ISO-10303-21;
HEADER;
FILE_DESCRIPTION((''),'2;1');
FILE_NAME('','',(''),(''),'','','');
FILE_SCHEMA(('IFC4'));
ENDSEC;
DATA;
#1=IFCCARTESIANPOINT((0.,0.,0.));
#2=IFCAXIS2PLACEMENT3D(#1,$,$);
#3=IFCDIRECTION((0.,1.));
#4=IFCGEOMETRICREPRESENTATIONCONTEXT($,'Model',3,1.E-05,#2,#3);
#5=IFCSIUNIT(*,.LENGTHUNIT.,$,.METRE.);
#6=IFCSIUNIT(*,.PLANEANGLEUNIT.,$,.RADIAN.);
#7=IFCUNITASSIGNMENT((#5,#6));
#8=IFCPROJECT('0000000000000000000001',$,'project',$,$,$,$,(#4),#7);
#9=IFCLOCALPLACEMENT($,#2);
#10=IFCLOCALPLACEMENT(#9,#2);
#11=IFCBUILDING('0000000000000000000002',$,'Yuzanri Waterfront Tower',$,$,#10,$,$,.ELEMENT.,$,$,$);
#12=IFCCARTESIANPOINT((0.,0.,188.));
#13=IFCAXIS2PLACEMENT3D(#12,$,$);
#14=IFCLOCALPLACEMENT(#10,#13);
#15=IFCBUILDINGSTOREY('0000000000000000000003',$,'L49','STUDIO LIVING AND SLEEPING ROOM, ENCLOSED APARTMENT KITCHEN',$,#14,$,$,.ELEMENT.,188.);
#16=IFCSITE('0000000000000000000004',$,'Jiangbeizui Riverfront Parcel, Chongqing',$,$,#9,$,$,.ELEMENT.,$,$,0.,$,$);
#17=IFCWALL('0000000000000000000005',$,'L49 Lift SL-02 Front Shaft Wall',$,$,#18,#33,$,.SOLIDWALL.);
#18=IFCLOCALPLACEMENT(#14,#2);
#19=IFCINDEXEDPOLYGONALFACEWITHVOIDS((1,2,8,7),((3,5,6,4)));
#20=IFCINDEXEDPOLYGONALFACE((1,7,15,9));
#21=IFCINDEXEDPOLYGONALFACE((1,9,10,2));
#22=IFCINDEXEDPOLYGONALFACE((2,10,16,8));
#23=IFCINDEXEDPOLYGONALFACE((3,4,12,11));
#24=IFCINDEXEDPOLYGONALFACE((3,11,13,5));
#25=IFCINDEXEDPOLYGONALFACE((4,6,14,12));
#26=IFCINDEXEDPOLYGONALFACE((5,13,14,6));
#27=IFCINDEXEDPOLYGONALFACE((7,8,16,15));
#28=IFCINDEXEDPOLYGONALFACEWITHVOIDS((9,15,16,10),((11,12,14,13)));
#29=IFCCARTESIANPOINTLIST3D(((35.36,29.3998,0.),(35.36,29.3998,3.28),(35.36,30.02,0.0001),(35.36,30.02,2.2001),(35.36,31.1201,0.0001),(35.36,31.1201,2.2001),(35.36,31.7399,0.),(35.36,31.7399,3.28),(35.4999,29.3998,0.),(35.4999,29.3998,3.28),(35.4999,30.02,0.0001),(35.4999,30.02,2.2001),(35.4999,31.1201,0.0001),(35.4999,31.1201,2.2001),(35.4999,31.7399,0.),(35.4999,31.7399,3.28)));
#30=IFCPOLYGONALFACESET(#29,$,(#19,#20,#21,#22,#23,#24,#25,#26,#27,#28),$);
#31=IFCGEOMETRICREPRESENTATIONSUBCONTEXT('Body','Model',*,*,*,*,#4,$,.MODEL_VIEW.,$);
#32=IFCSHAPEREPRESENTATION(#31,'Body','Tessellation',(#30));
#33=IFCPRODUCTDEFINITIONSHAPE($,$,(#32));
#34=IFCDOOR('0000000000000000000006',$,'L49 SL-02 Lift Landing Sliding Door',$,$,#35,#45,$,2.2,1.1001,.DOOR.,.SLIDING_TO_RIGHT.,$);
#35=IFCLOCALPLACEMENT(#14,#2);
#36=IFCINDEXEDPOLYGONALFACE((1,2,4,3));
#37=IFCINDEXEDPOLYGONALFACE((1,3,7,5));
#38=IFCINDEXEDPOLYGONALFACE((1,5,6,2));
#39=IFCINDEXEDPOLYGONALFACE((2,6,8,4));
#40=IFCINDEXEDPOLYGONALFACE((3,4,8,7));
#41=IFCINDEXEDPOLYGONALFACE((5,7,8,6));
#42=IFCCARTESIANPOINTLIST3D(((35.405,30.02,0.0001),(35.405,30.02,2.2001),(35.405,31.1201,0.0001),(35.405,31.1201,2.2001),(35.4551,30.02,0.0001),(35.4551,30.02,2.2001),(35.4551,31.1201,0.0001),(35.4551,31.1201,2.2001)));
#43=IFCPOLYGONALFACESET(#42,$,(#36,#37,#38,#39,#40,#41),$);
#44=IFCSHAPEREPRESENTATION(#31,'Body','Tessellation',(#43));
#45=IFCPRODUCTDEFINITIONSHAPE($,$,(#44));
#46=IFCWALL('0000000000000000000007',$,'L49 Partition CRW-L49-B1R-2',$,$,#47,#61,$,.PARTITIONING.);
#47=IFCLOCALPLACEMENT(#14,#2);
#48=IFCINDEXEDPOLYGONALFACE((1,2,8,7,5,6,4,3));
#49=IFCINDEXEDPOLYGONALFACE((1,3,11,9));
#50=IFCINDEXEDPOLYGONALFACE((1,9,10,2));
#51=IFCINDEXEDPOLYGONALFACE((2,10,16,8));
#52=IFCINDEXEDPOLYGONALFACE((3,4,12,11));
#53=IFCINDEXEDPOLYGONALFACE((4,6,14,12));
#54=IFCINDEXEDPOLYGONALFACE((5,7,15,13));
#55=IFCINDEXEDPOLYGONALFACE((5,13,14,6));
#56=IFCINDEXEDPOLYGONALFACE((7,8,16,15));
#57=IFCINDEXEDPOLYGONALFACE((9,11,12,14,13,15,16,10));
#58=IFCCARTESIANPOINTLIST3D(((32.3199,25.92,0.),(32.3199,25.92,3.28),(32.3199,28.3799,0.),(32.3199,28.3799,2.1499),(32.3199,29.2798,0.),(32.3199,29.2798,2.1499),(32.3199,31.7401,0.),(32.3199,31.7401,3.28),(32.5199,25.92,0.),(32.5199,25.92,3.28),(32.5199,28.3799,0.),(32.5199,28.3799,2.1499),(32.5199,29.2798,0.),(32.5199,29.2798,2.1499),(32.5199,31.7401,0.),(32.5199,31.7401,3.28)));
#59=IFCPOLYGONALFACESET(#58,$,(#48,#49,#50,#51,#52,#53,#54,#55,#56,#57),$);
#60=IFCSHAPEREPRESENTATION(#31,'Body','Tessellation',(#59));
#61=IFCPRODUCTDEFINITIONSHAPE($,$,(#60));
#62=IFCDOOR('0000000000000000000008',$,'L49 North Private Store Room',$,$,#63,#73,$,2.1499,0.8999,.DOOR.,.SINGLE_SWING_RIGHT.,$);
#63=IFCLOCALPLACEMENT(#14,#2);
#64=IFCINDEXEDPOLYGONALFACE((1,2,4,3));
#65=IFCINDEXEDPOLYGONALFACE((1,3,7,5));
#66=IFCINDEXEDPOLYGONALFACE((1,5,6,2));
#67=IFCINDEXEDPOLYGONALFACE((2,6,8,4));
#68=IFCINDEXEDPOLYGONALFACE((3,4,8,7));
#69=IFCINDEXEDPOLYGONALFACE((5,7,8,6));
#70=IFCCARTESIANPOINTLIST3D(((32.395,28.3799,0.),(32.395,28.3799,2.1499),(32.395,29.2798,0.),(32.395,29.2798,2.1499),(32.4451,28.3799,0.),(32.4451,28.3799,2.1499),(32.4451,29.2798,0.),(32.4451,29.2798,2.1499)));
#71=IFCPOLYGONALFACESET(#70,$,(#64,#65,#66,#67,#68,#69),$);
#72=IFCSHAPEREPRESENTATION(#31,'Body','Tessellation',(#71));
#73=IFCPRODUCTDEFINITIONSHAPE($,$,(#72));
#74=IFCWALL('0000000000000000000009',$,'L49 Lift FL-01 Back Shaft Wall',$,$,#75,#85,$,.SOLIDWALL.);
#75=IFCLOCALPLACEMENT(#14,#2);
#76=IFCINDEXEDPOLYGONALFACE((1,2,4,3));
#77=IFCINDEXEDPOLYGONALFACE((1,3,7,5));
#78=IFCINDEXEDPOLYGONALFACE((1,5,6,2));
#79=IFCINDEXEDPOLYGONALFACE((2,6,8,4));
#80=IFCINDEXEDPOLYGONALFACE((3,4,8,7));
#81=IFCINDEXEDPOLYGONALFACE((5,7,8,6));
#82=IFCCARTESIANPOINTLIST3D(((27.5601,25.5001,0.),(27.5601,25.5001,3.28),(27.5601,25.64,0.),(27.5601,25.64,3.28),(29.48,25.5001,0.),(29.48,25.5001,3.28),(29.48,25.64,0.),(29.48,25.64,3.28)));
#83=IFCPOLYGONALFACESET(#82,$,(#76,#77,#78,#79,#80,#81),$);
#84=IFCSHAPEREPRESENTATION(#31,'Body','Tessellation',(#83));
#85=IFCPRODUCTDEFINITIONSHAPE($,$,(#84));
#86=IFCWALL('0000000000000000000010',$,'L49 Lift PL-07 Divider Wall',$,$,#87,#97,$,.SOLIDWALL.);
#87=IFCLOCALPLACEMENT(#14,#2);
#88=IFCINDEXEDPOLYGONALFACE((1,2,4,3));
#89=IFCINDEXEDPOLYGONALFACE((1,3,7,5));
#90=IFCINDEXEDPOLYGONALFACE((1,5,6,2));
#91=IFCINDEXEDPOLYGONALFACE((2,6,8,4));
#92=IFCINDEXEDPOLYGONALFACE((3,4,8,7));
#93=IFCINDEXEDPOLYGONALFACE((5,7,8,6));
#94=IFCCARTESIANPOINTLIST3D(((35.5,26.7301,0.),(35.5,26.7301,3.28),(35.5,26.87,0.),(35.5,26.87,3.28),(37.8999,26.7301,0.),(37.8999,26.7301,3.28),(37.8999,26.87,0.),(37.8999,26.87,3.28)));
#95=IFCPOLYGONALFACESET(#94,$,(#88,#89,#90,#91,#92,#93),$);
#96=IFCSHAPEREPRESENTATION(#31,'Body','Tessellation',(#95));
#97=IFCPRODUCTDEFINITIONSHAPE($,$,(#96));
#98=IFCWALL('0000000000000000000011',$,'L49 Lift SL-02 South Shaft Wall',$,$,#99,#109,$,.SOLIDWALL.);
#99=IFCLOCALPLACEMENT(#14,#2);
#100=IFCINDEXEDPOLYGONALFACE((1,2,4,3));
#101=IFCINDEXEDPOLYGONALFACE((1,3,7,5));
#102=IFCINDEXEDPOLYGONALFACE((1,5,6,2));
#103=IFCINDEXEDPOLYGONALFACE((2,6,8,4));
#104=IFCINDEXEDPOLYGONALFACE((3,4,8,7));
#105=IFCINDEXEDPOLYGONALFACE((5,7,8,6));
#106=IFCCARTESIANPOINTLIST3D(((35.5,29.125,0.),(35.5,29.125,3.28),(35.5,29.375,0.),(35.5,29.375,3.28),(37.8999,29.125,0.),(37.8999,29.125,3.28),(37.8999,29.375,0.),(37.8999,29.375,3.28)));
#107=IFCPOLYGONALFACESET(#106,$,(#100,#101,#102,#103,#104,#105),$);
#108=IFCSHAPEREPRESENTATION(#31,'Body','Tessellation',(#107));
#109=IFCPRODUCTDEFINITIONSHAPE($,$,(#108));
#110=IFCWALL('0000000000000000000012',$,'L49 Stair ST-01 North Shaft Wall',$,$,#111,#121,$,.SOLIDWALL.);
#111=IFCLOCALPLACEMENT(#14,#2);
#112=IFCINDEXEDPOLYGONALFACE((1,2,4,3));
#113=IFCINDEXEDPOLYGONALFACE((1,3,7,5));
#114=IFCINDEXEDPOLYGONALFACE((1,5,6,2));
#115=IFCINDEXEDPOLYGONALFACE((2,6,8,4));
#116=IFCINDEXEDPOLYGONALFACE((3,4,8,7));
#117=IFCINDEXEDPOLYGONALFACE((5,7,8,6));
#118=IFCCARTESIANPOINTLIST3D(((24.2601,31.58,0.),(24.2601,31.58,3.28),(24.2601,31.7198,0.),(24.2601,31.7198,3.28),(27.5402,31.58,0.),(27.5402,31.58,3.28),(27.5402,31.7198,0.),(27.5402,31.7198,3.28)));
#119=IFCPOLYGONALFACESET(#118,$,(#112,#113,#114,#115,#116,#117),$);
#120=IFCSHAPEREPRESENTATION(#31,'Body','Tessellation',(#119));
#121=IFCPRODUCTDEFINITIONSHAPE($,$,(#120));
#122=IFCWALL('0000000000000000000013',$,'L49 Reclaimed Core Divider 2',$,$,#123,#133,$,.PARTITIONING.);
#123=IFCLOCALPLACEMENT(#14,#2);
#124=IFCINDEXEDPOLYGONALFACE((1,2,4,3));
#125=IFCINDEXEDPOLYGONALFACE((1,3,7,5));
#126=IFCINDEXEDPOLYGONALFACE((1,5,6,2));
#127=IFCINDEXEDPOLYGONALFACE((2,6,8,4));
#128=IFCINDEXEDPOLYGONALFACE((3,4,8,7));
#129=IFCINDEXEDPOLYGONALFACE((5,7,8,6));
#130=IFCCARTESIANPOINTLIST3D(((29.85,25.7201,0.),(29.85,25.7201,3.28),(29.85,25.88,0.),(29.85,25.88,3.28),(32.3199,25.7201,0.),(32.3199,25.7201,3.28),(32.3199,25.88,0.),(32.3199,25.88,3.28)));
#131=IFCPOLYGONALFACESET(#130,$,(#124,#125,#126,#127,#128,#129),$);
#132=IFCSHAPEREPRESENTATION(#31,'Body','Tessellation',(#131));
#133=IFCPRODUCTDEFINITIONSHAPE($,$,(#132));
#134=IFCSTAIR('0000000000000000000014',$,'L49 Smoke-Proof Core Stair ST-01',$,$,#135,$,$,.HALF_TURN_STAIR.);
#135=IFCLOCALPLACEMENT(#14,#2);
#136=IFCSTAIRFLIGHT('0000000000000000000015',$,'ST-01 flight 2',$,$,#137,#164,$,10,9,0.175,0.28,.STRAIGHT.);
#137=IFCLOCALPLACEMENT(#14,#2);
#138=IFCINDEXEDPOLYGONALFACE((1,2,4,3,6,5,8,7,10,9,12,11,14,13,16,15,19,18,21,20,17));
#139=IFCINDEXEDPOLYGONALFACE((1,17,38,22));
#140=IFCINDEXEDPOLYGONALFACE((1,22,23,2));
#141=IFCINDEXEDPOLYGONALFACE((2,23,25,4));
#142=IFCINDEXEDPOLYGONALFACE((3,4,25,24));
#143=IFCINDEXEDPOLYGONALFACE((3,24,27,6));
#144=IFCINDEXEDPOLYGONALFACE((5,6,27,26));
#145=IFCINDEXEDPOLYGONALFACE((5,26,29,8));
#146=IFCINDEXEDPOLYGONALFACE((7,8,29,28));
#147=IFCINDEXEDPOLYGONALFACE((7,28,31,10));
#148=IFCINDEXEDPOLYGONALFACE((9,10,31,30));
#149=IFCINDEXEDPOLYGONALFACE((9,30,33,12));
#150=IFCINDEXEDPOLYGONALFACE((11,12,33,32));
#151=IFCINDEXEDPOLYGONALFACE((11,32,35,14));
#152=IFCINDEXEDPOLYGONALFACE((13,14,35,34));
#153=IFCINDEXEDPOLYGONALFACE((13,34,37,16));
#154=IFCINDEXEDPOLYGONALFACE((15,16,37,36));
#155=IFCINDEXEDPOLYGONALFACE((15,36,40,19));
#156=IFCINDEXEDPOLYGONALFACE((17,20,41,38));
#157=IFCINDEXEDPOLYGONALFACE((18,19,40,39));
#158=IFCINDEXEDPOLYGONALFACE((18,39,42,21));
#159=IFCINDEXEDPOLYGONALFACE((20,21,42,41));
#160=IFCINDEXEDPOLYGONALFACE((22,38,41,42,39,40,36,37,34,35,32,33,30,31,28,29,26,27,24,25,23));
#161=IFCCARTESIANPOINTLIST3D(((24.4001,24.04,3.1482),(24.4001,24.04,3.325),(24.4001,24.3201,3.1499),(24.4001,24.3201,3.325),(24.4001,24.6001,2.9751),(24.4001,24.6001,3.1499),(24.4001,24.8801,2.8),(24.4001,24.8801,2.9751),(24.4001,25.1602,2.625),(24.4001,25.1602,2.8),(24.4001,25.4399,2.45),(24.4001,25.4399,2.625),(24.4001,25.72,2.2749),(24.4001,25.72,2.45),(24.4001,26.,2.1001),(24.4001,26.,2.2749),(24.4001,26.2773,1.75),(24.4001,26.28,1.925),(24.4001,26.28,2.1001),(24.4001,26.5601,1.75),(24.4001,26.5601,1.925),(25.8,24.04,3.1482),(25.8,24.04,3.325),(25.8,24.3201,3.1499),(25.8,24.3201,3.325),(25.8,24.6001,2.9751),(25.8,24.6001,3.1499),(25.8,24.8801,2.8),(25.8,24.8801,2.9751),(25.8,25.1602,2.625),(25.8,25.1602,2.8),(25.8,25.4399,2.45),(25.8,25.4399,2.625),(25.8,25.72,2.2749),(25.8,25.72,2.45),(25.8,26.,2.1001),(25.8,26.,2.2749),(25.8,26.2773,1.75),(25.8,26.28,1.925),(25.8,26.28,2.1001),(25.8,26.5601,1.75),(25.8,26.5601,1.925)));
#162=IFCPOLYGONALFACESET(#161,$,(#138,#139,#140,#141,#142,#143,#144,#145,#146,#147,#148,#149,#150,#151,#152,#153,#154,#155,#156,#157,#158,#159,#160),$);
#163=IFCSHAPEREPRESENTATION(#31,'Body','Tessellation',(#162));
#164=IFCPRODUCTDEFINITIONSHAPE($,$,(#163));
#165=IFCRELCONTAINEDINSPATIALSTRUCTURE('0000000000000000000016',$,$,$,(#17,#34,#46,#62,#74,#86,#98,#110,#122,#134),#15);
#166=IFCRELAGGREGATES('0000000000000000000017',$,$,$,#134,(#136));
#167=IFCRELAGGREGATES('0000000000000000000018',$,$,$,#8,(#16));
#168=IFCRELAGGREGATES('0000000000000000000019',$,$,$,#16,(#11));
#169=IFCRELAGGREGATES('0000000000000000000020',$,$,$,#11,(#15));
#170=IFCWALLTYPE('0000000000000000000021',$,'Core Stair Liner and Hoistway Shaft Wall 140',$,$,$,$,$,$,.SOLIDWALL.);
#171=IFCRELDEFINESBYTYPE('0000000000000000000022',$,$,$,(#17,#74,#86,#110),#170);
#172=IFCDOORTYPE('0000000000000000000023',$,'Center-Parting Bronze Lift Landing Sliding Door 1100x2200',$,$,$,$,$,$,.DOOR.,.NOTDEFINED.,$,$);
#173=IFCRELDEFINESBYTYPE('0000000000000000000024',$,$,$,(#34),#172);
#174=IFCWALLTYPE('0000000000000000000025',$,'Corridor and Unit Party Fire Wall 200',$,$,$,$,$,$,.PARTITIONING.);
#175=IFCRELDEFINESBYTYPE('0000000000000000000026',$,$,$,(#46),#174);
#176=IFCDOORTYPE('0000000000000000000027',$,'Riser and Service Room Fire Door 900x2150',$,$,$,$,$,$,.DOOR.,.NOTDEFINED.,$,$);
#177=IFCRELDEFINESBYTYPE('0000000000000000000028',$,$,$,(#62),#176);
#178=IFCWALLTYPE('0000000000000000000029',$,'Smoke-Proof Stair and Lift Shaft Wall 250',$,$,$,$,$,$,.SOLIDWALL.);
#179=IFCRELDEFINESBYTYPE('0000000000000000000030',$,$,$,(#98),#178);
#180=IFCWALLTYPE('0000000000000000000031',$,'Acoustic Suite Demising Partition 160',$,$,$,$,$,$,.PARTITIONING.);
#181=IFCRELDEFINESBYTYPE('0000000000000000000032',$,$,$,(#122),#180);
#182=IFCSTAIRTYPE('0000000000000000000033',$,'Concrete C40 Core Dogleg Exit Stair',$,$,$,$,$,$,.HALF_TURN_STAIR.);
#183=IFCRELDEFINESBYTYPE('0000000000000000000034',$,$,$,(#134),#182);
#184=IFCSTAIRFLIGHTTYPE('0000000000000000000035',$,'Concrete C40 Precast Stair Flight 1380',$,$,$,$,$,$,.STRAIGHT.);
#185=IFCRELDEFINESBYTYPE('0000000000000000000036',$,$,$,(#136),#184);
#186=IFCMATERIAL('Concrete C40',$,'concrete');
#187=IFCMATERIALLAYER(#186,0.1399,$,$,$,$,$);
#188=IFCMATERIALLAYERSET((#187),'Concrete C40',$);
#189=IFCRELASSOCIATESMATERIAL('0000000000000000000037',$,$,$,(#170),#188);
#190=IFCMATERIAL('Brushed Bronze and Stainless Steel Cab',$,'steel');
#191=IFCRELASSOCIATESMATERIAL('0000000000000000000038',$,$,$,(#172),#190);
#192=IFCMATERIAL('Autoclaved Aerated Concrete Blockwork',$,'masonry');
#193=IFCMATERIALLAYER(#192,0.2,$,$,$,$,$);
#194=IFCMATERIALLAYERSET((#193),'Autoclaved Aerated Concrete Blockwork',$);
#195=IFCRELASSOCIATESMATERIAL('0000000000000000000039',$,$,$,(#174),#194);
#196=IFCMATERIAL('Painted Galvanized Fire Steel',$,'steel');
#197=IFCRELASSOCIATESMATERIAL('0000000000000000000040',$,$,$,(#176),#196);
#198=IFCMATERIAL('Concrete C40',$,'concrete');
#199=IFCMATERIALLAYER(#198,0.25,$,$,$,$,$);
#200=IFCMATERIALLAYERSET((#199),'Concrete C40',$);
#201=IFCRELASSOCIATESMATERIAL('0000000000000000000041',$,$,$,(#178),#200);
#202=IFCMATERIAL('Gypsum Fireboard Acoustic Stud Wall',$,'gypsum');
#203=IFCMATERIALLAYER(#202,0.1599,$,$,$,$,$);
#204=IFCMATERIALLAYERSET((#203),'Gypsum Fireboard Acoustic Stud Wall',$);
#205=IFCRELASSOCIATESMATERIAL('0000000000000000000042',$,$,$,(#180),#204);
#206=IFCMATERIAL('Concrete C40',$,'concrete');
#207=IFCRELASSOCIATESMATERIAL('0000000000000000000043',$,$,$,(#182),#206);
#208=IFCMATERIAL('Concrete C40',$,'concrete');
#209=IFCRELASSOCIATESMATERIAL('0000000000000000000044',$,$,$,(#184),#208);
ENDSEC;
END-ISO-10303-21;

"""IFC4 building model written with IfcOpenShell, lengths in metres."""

from ifc_helpers import new_model, si_unit, direction, frame, frame_2d, origin, place, context, subcontext, project, spatial, polyline, rectangle, outline, extrude, source, transform, mapped, material, layer, layer_set, type_object, element, fill, aggregate, save


model = new_model("IFC4")

# Units and contexts
model_context = context("Model", 3, precision=1e-05, world=origin(), true_north=direction((0.0, 1.0)))
body_context = subcontext(model_context, "Body", "Model", "MODEL_VIEW")
ifc_project = project(units=[si_unit("LENGTHUNIT", "METRE"), si_unit("PLANEANGLEUNIT", "RADIAN")], contexts=[model_context])

# Site, building, storey
site_placement = place(None, origin())
site = spatial("IfcSite", under=ifc_project, at=site_placement, Name="Jiangbeizui Riverfront Parcel, Chongqing", CompositionType="ELEMENT", RefElevation=0.0)
building_placement = place(site_placement, origin())
building = spatial("IfcBuilding", under=site, at=building_placement, Name="Yuzanri Waterfront Tower", CompositionType="ELEMENT")
storey_placement = place(building_placement, frame((0.0, 0.0, 188.0)))
storey = spatial("IfcBuildingStorey", under=building, at=storey_placement, Name="L49", Description="STUDIO LIVING AND SLEEPING ROOM, ENCLOSED APARTMENT KITCHEN", CompositionType="ELEMENT", Elevation=188.0)

# Walls, openings, doors
ifc_material_1 = material(Name="Concrete C40", Category="concrete")
ifc_layer_1 = layer(ifc_material_1, 0.1399)
ifc_layer_set_1 = layer_set([ifc_layer_1], Name="Concrete C40")
wall_type_1 = type_object("IfcWallType", Name="Core Stair Liner and Hoistway Shaft Wall 140", PredefinedType="SOLIDWALL", material=ifc_layer_set_1)
ifc_material_2 = material(Name="Brushed Bronze and Stainless Steel Cab", Category="steel")
door_type_1 = type_object("IfcDoorType", Name="Center-Parting Bronze Lift Landing Sliding Door 1100x2200", OperationType="NOTDEFINED", PredefinedType="DOOR", material=ifc_material_2)
shared_shape_1 = source(origin(), body_context, "Body", "SweptSolid", [
    extrude(rectangle(XDim=1.1001, YDim=2.2, at=frame_2d((0.55, 1.1001))), frame((0.0, 0.0249, 0.0), z_axis=(0.0, -1.0, 0.0), x_axis=(1.0, 0.0, 0.0)), (0.0, 0.0, 1.0), 0.05),
])
wall_1_placement = place(storey_placement, frame((35.4299, 29.3999, 0.0), z_axis=(0.0, 0.0, 1.0), x_axis=(0.0, 1.0, 0.0)))
wall_1 = element("IfcWall", 1, at=wall_1_placement, inside=storey, type_object=wall_type_1, Name="L49 Lift SL-02 Front Shaft Wall", PredefinedType="SOLIDWALL", context=body_context, shape_type="SweptSolid", body=[
    extrude(rectangle(XDim=2.3401, YDim=0.1399, at=frame_2d((1.1699, 0.0))), origin(), (0.0, 0.0, 1.0), 3.28),
])
opening_1_placement = place(wall_1_placement, frame((0.6201, 0.0, 0.0)))
opening_1 = element("IfcOpeningElement", 2, at=opening_1_placement, cuts=wall_1, PredefinedType="OPENING", context=body_context, shape_type="SweptSolid", body=[
    extrude(rectangle(XDim=1.1001, YDim=2.2, at=frame_2d((0.55, 1.1001))), frame((0.0, 0.085, 0.0), z_axis=(0.0, -1.0, 0.0), x_axis=(1.0, 0.0, 0.0)), (0.0, 0.0, 1.0), 0.1697),
])
door_1_placement = place(opening_1_placement, origin())
door_1 = element("IfcDoor", 3, at=door_1_placement, inside=storey, type_object=door_type_1, Name="L49 SL-02 Lift Landing Sliding Door", OperationType="SLIDING_TO_RIGHT", OverallHeight=2.2, OverallWidth=1.1001, PredefinedType="DOOR", context=body_context, shape_type="MappedRepresentation", body=[
    mapped(shared_shape_1, transform((0.0, 0.0, 0.0), scale=1.0)),
])
fill(opening_1, door_1)
ifc_material_3 = material(Name="Autoclaved Aerated Concrete Blockwork", Category="masonry")
ifc_layer_2 = layer(ifc_material_3, 0.2)
ifc_layer_set_2 = layer_set([ifc_layer_2], Name="Autoclaved Aerated Concrete Blockwork")
wall_type_2 = type_object("IfcWallType", Name="Corridor and Unit Party Fire Wall 200", PredefinedType="PARTITIONING", material=ifc_layer_set_2)
ifc_material_4 = material(Name="Painted Galvanized Fire Steel", Category="steel")
door_type_2 = type_object("IfcDoorType", Name="Riser and Service Room Fire Door 900x2150", OperationType="NOTDEFINED", PredefinedType="DOOR", material=ifc_material_4)
shared_shape_2 = source(origin(), body_context, "Body", "SweptSolid", [
    extrude(rectangle(XDim=0.8999, YDim=2.1499, at=frame_2d((0.45, 1.075))), frame((0.0, 0.0249, 0.0), z_axis=(0.0, -1.0, 0.0), x_axis=(1.0, 0.0, 0.0)), (0.0, 0.0, 1.0), 0.05),
])
wall_2_placement = place(storey_placement, frame((32.4199, 25.9199, 0.0), z_axis=(0.0, 0.0, 1.0), x_axis=(0.0, 1.0, 0.0)))
wall_2 = element("IfcWall", 4, at=wall_2_placement, inside=storey, type_object=wall_type_2, Name="L49 Partition CRW-L49-B1R-2", PredefinedType="PARTITIONING", context=body_context, shape_type="SweptSolid", body=[
    extrude(rectangle(XDim=5.8201, YDim=0.2, at=frame_2d((2.9102, 0.0))), origin(), (0.0, 0.0, 1.0), 3.28),
])
opening_2_placement = place(wall_2_placement, frame((2.46, 0.0, 0.0)))
opening_2 = element("IfcOpeningElement", 5, at=opening_2_placement, cuts=wall_2, PredefinedType="OPENING", context=body_context, shape_type="SweptSolid", body=[
    extrude(rectangle(XDim=0.8999, YDim=2.1499, at=frame_2d((0.45, 1.075))), frame((0.0, 0.1147, 0.0), z_axis=(0.0, -1.0, 0.0), x_axis=(1.0, 0.0, 0.0)), (0.0, 0.0, 1.0), 0.2297),
])
door_2_placement = place(opening_2_placement, origin())
door_2 = element("IfcDoor", 6, at=door_2_placement, inside=storey, type_object=door_type_2, Name="L49 North Private Store Room", OperationType="SINGLE_SWING_RIGHT", OverallHeight=2.1499, OverallWidth=0.8999, PredefinedType="DOOR", context=body_context, shape_type="MappedRepresentation", body=[
    mapped(shared_shape_2, transform((0.0, 0.0, 0.0), scale=1.0)),
])
fill(opening_2, door_2)

# Walls
shared_shape_3 = source(origin(), body_context, "Body", "SweptSolid", [
    extrude(rectangle(XDim=1.9199, YDim=0.1399, at=frame_2d((0.96, 0.0))), origin(), (0.0, 0.0, 1.0), 3.28),
])
wall_3_placement = place(storey_placement, frame((27.5601, 25.5701, 0.0), z_axis=(0.0, 0.0, 1.0), x_axis=(1.0, 0.0, 0.0)))
element("IfcWall", 7, at=wall_3_placement, inside=storey, type_object=wall_type_1, Name="L49 Lift FL-01 Back Shaft Wall", PredefinedType="SOLIDWALL", context=body_context, shape_type="MappedRepresentation", body=[
    mapped(shared_shape_3, transform((0.0, 0.0, 0.0), scale=1.0)),
])
shared_shape_4 = source(origin(), body_context, "Body", "SweptSolid", [
    extrude(rectangle(XDim=2.3999, YDim=0.1399, at=frame_2d((1.2, 0.0))), origin(), (0.0, 0.0, 1.0), 3.28),
])
wall_4_placement = place(storey_placement, frame((35.5, 26.8, 0.0), z_axis=(0.0, 0.0, 1.0), x_axis=(1.0, 0.0, 0.0)))
element("IfcWall", 8, at=wall_4_placement, inside=storey, type_object=wall_type_1, Name="L49 Lift PL-07 Divider Wall", PredefinedType="SOLIDWALL", context=body_context, shape_type="MappedRepresentation", body=[
    mapped(shared_shape_4, transform((0.0, 0.0, 0.0), scale=1.0)),
])
ifc_material_5 = material(Name="Concrete C40", Category="concrete")
ifc_layer_3 = layer(ifc_material_5, 0.25)
ifc_layer_set_3 = layer_set([ifc_layer_3], Name="Concrete C40")
wall_type_3 = type_object("IfcWallType", Name="Smoke-Proof Stair and Lift Shaft Wall 250", PredefinedType="SOLIDWALL", material=ifc_layer_set_3)
shared_shape_5 = source(origin(), body_context, "Body", "SweptSolid", [
    extrude(rectangle(XDim=2.3999, YDim=0.25, at=frame_2d((1.2, 0.0))), origin(), (0.0, 0.0, 1.0), 3.28),
])
wall_5_placement = place(storey_placement, frame((35.5, 29.25, 0.0), z_axis=(0.0, 0.0, 1.0), x_axis=(1.0, 0.0, 0.0)))
element("IfcWall", 9, at=wall_5_placement, inside=storey, type_object=wall_type_3, Name="L49 Lift SL-02 South Shaft Wall", PredefinedType="SOLIDWALL", context=body_context, shape_type="MappedRepresentation", body=[
    mapped(shared_shape_5, transform((0.0, 0.0, 0.0), scale=1.0)),
])
shared_shape_6 = source(origin(), body_context, "Body", "SweptSolid", [
    extrude(rectangle(XDim=3.28, YDim=0.1399, at=frame_2d((1.6401, 0.0))), origin(), (0.0, 0.0, 1.0), 3.28),
])
wall_6_placement = place(storey_placement, frame((24.26, 31.6499, 0.0), z_axis=(0.0, 0.0, 1.0), x_axis=(1.0, 0.0, 0.0)))
element("IfcWall", 10, at=wall_6_placement, inside=storey, type_object=wall_type_1, Name="L49 Stair ST-01 North Shaft Wall", PredefinedType="SOLIDWALL", context=body_context, shape_type="MappedRepresentation", body=[
    mapped(shared_shape_6, transform((0.0, 0.0, 0.0), scale=1.0)),
])
ifc_material_6 = material(Name="Gypsum Fireboard Acoustic Stud Wall", Category="gypsum")
ifc_layer_4 = layer(ifc_material_6, 0.1599)
ifc_layer_set_4 = layer_set([ifc_layer_4], Name="Gypsum Fireboard Acoustic Stud Wall")
wall_type_4 = type_object("IfcWallType", Name="Acoustic Suite Demising Partition 160", PredefinedType="PARTITIONING", material=ifc_layer_set_4)
shared_shape_7 = source(origin(), body_context, "Body", "SweptSolid", [
    extrude(rectangle(XDim=2.47, YDim=0.1599, at=frame_2d((1.2349, 0.0))), origin(), (0.0, 0.0, 1.0), 3.28),
])
wall_7_placement = place(storey_placement, frame((29.8501, 25.8, 0.0), z_axis=(0.0, 0.0, 1.0), x_axis=(1.0, 0.0, 0.0)))
element("IfcWall", 11, at=wall_7_placement, inside=storey, type_object=wall_type_4, Name="L49 Reclaimed Core Divider 2", PredefinedType="PARTITIONING", context=body_context, shape_type="MappedRepresentation", body=[
    mapped(shared_shape_7, transform((0.0, 0.0, 0.0), scale=1.0)),
])

# Stair, stair flight
ifc_material_7 = material(Name="Concrete C40", Category="concrete")
stair_type = type_object("IfcStairType", Name="Concrete C40 Core Dogleg Exit Stair", PredefinedType="HALF_TURN_STAIR", material=ifc_material_7)
stair_placement = place(storey_placement, origin())
stair = element("IfcStair", 12, at=stair_placement, inside=storey, type_object=stair_type, Name="L49 Smoke-Proof Core Stair ST-01", PredefinedType="HALF_TURN_STAIR")
ifc_material_8 = material(Name="Concrete C40", Category="concrete")
stair_flight_type = type_object("IfcStairFlightType", Name="Concrete C40 Precast Stair Flight 1380", PredefinedType="STRAIGHT", material=ifc_material_8)
shared_shape_8 = source(origin(), body_context, "Body", "SweptSolid", [
    extrude(outline(polyline([(0.0, 0.0), (0.0, 0.175), (0.28, 0.175), (0.28, 0.3501), (0.5601, 0.3501), (0.5601, 0.5249), (0.8401, 0.5249), (0.8401, 0.7), (1.1201, 0.7), (1.1201, 0.875), (1.3999, 0.875), (1.3999, 1.05), (1.6799, 1.05), (1.6799, 1.2251), (1.96, 1.2251), (1.96, 1.3999), (2.24, 1.3999), (2.24, 1.575), (2.52, 1.575), (2.52, 1.75), (2.52, 1.3982), (0.2827, 0.0), (0.0, 0.0)])), frame((0.0, 0.7, 0.0), z_axis=(0.0, -1.0, 0.0), x_axis=(1.0, 0.0, 0.0)), (0.0, 0.0, 1.0), 1.3999),
])
stair_flight_placement = place(storey_placement, frame((25.1001, 26.5601, 1.75), z_axis=(0.0, 0.0, 1.0), x_axis=(0.0, -1.0, 0.0)))
stair_flight = element("IfcStairFlight", 13, at=stair_flight_placement, type_object=stair_flight_type, Name="ST-01 flight 2", NumberOfRisers=10, NumberOfTreads=9, PredefinedType="STRAIGHT", RiserHeight=0.175, TreadLength=0.28, context=body_context, shape_type="MappedRepresentation", body=[
    mapped(shared_shape_8, transform((0.0, 0.0, 0.0), scale=1.0)),
])
aggregate(stair, [stair_flight])

save(model, "model.ifc")
